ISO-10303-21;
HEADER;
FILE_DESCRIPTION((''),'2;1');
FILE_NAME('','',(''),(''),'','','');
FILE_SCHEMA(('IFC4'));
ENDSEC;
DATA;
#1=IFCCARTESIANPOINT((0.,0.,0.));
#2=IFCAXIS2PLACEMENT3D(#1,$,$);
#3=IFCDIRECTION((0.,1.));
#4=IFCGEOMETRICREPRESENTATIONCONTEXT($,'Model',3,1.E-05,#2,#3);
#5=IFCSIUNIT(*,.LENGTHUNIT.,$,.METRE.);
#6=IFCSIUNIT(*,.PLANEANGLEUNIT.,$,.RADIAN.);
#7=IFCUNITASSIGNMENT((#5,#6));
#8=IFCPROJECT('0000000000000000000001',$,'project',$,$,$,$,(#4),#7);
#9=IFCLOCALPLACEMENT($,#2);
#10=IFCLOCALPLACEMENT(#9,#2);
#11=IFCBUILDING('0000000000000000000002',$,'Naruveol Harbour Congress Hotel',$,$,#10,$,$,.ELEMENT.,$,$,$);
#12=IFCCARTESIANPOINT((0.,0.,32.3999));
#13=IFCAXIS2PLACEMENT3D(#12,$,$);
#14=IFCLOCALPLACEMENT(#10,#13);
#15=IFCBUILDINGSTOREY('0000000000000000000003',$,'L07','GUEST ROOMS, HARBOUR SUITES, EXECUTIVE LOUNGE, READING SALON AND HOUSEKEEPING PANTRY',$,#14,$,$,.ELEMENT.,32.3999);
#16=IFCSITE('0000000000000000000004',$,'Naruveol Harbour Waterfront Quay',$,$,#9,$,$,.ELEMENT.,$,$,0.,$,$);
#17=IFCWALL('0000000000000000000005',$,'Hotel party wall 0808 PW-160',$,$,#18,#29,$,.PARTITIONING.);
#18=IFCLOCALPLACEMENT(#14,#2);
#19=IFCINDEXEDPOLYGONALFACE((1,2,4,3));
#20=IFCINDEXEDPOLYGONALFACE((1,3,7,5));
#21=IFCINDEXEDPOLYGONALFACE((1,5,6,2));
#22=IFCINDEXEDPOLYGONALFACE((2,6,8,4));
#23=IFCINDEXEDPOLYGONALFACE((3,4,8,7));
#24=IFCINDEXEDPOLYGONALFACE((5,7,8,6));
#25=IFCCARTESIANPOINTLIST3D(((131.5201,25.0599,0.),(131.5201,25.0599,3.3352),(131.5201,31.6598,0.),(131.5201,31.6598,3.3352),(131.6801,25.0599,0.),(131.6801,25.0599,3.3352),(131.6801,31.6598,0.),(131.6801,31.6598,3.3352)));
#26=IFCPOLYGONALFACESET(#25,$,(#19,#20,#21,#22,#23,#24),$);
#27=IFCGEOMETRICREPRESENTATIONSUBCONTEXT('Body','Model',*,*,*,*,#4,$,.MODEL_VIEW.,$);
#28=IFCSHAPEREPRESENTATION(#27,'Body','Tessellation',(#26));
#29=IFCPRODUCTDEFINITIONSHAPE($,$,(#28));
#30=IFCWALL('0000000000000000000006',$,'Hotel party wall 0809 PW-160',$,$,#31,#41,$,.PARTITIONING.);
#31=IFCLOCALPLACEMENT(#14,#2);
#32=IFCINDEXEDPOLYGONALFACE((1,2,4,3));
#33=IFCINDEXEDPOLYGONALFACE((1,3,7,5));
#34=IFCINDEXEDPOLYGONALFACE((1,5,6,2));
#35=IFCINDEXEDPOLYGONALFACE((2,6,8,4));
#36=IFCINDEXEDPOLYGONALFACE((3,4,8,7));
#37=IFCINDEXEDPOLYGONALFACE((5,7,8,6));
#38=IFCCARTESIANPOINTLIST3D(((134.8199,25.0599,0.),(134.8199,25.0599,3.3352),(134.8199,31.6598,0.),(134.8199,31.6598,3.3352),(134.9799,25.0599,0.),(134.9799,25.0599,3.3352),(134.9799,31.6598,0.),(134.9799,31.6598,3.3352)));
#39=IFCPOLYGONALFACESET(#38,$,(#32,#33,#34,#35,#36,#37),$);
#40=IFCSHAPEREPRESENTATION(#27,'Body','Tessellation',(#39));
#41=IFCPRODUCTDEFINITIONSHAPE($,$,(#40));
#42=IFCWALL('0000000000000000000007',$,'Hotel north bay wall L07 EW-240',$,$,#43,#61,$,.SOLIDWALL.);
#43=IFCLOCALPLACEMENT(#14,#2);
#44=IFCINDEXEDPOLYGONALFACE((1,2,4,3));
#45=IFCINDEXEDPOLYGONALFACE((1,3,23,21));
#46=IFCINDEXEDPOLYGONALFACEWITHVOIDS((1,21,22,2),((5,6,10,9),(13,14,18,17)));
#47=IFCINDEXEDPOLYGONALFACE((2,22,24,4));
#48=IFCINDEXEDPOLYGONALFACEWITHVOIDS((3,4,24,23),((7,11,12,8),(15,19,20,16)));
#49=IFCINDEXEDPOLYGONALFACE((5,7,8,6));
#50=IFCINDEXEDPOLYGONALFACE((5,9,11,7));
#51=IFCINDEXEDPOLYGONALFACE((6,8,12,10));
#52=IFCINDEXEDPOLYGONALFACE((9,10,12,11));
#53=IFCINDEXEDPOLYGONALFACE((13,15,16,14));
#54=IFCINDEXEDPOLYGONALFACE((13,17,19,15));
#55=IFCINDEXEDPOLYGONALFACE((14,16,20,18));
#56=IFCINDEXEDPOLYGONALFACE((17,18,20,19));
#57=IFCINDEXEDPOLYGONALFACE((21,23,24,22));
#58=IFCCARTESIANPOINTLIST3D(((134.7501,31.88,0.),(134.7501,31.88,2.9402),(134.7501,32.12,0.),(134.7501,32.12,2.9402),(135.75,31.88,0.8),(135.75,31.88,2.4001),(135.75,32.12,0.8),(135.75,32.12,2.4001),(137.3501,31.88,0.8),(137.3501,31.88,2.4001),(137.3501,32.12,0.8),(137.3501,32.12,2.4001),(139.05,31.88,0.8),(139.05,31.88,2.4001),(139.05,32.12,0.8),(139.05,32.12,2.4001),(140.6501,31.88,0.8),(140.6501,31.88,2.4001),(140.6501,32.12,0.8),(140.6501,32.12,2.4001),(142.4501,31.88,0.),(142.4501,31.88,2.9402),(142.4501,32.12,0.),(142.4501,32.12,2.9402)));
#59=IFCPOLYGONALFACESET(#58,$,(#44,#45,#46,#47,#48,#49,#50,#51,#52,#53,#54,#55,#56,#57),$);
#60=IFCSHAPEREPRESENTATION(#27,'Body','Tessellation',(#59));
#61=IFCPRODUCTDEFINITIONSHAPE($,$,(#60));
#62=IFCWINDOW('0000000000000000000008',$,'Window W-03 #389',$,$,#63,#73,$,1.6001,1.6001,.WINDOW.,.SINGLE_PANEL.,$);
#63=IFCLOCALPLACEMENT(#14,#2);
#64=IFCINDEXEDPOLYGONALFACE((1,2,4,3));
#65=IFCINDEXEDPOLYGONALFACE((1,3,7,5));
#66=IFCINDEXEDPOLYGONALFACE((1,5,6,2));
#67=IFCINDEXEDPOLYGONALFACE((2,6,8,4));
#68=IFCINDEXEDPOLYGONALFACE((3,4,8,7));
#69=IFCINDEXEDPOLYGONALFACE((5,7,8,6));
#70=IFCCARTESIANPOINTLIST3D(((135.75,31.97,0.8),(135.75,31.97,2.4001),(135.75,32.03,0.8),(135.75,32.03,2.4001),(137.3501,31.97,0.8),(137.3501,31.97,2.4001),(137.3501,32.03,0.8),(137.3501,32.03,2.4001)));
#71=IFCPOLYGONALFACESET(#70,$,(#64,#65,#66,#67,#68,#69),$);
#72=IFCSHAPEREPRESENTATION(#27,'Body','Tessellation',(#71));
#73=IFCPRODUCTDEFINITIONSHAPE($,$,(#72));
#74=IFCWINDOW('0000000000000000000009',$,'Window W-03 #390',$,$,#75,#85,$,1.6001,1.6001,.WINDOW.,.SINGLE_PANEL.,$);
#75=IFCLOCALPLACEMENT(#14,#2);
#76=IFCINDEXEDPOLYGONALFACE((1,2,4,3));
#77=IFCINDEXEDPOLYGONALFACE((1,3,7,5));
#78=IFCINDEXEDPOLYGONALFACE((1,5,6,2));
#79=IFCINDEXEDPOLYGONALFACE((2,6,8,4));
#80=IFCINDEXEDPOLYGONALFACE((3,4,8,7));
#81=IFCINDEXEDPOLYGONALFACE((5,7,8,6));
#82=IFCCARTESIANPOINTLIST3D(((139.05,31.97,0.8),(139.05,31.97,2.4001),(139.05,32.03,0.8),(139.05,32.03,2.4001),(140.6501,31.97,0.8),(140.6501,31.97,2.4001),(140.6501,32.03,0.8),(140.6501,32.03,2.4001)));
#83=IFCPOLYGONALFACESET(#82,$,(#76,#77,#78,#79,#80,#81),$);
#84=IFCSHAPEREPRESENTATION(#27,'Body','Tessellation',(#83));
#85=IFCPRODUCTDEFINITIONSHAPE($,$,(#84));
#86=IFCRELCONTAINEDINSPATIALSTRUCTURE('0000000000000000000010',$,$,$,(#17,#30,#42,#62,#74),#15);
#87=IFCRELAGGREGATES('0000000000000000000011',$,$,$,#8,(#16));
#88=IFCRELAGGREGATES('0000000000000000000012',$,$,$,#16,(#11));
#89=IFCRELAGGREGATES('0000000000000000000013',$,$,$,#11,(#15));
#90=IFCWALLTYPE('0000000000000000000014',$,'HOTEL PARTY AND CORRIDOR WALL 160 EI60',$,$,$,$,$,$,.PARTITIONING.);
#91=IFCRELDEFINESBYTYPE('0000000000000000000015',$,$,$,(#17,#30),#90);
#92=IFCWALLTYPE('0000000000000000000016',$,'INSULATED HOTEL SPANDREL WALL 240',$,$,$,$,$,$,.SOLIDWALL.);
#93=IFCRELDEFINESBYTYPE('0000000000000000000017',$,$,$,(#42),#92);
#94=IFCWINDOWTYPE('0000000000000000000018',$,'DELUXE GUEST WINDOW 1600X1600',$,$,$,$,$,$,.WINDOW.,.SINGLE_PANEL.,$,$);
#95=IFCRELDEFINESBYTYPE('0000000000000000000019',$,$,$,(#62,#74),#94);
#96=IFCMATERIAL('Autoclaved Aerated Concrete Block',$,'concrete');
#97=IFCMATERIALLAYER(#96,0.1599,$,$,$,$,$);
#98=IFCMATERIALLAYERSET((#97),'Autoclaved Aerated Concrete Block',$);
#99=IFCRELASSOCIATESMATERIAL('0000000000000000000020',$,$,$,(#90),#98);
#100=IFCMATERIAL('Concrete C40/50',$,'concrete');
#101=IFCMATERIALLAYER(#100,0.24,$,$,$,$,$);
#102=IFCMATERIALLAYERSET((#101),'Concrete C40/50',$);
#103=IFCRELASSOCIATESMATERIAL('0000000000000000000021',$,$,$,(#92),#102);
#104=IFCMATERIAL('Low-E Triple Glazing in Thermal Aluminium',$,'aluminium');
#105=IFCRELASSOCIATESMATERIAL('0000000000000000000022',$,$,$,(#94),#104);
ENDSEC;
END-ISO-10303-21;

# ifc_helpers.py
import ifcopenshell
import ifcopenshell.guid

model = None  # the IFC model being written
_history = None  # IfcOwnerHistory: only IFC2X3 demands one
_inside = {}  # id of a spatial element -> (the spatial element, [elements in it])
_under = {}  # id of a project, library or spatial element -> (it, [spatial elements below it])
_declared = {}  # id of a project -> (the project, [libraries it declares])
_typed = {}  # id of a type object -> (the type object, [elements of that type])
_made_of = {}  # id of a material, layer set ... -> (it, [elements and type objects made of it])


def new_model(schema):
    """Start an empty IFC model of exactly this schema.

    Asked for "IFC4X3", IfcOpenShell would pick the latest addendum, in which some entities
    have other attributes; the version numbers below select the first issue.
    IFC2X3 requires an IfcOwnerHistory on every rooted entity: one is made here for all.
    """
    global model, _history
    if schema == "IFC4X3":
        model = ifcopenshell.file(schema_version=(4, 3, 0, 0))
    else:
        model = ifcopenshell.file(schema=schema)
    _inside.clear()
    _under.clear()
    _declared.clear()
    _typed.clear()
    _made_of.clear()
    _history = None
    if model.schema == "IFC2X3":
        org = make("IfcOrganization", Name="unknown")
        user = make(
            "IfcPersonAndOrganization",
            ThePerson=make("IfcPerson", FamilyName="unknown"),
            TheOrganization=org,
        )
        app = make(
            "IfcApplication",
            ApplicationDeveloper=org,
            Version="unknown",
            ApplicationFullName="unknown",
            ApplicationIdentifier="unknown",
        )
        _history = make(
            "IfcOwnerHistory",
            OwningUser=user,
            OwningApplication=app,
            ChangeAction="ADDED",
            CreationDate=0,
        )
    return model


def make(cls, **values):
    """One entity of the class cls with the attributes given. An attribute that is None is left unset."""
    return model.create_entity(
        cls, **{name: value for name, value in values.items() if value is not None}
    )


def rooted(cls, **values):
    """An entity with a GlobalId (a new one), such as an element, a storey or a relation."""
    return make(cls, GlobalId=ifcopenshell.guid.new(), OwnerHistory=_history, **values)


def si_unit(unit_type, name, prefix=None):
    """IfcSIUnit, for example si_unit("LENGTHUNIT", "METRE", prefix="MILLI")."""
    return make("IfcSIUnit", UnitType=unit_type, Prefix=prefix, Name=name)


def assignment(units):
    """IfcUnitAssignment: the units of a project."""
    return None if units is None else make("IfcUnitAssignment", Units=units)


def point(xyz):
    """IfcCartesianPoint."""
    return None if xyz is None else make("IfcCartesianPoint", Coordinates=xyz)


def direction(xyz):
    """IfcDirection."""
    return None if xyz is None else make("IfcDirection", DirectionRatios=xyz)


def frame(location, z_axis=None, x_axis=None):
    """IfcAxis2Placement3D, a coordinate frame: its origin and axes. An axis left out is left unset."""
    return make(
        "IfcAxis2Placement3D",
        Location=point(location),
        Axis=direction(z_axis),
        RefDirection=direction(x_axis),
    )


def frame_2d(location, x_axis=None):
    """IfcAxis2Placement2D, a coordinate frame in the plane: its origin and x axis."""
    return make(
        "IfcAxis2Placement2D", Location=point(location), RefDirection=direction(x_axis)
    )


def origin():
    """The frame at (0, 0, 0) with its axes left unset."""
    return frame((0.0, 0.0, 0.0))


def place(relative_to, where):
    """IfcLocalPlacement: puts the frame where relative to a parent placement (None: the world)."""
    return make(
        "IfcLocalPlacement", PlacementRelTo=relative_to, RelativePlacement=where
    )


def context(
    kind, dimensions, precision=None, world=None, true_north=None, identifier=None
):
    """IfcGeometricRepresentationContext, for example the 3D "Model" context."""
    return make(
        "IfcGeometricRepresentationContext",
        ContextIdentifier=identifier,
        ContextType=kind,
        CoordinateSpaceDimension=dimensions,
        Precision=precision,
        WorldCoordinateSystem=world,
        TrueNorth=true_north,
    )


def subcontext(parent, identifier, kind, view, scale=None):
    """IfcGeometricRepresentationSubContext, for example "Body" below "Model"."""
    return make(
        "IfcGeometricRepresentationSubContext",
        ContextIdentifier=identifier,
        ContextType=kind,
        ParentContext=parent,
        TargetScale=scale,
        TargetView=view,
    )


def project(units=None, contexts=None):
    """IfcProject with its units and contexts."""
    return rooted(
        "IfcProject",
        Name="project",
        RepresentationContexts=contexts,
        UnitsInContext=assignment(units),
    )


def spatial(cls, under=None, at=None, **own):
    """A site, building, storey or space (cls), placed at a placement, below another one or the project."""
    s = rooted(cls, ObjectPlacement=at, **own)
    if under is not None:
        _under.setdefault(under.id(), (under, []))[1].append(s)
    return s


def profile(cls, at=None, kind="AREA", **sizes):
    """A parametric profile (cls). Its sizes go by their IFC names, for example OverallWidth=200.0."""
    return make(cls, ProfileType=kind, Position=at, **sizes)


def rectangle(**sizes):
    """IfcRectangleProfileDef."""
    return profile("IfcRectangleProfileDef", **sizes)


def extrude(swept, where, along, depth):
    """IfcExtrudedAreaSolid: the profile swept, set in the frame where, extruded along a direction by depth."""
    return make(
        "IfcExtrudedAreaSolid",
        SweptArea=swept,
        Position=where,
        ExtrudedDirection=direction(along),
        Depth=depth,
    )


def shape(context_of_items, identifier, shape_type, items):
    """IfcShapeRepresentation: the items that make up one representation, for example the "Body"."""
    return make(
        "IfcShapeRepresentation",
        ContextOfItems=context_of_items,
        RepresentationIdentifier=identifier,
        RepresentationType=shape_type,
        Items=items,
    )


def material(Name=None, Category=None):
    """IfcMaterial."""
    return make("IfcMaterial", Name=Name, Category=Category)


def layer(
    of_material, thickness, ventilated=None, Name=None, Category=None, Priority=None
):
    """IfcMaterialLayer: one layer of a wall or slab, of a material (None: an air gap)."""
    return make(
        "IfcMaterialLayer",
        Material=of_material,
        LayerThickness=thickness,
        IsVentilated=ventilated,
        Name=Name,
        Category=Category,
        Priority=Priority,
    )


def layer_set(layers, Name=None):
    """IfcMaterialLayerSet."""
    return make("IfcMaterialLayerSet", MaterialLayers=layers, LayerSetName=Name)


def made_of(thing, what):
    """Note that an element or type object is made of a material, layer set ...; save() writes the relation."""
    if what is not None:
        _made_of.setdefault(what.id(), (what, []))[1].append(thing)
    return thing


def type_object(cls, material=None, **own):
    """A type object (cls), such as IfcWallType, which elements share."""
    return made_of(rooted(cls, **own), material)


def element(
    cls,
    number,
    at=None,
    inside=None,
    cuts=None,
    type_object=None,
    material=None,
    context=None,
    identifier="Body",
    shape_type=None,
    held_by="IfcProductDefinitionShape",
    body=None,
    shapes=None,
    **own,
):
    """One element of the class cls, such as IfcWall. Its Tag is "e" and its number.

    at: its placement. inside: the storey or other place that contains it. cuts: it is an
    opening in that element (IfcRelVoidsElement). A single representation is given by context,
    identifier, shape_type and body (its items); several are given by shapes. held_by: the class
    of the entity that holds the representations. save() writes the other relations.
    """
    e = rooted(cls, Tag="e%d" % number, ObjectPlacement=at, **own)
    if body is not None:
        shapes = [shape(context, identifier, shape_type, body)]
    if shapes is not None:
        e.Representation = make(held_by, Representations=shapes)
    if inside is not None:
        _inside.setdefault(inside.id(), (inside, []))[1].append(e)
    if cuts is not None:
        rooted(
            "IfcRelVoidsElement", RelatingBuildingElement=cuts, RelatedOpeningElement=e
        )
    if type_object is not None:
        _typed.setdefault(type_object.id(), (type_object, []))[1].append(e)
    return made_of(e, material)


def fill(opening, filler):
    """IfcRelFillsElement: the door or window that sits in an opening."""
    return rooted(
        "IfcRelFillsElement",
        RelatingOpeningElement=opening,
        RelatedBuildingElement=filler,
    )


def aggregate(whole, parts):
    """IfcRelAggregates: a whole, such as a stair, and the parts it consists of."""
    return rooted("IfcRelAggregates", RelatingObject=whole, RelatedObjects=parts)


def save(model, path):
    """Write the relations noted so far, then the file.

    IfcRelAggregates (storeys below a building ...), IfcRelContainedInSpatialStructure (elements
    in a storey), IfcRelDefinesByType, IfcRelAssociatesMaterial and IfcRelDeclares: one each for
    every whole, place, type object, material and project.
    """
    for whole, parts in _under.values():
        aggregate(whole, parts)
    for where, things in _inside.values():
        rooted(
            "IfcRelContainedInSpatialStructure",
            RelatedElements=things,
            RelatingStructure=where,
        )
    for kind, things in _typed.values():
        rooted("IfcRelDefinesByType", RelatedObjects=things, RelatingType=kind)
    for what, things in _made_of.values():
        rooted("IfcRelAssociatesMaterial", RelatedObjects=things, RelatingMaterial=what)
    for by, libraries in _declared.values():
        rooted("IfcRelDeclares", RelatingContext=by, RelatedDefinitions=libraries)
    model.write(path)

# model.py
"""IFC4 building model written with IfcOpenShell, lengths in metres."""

from ifc_helpers import new_model, si_unit, direction, frame, frame_2d, origin, place, context, subcontext, project, spatial, rectangle, extrude, material, layer, layer_set, type_object, element, fill, save


model = new_model("IFC4")

# Units and contexts
model_context = context("Model", 3, precision=1e-05, world=origin(), true_north=direction((0.0, 1.0)))
body_context = subcontext(model_context, "Body", "Model", "MODEL_VIEW")
ifc_project = project(units=[si_unit("LENGTHUNIT", "METRE"), si_unit("PLANEANGLEUNIT", "RADIAN")], contexts=[model_context])

# Site, building, storey
site_placement = place(None, origin())
site = spatial("IfcSite", under=ifc_project, at=site_placement, Name="Naruveol Harbour Waterfront Quay", CompositionType="ELEMENT", RefElevation=0.0)
building_placement = place(site_placement, origin())
building = spatial("IfcBuilding", under=site, at=building_placement, Name="Naruveol Harbour Congress Hotel", CompositionType="ELEMENT")
storey_placement = place(building_placement, frame((0.0, 0.0, 32.3999)))
storey = spatial("IfcBuildingStorey", under=building, at=storey_placement, Name="L07", Description="GUEST ROOMS, HARBOUR SUITES, EXECUTIVE LOUNGE, READING SALON AND HOUSEKEEPING PANTRY", CompositionType="ELEMENT", Elevation=32.3999)

# Shared definitions
ifc_material_1 = material(Name="Autoclaved Aerated Concrete Block", Category="concrete")
ifc_layer_1 = layer(ifc_material_1, 0.1599)
ifc_layer_set_1 = layer_set([ifc_layer_1], Name="Autoclaved Aerated Concrete Block")
wall_type_1 = type_object("IfcWallType", Name="HOTEL PARTY AND CORRIDOR WALL 160 EI60", PredefinedType="PARTITIONING", material=ifc_layer_set_1)

# Walls
for number, where, z_axis, x_axis, name in (
    (1, (131.6001, 25.0601, 0.0), (0.0, 0.0, 1.0), (0.0, 1.0, 0.0), "Hotel party wall 0808 PW-160"),
    (2, (134.8999, 25.0601, 0.0), (0.0, 0.0, 1.0), (0.0, 1.0, 0.0), "Hotel party wall 0809 PW-160"),
):
    element("IfcWall", number, at=place(storey_placement, frame(where, z_axis=z_axis, x_axis=x_axis)), inside=storey, type_object=wall_type_1, Name=name, PredefinedType="PARTITIONING", context=body_context, shape_type="SweptSolid", body=[
        extrude(rectangle(XDim=6.5999, YDim=0.1599, at=frame_2d((3.2998, 0.0))), origin(), (0.0, 0.0, 1.0), 3.3352),
    ])

# Wall, openings, windows
ifc_material_2 = material(Name="Concrete C40/50", Category="concrete")
ifc_layer_2 = layer(ifc_material_2, 0.24)
ifc_layer_set_2 = layer_set([ifc_layer_2], Name="Concrete C40/50")
wall_type_2 = type_object("IfcWallType", Name="INSULATED HOTEL SPANDREL WALL 240", PredefinedType="SOLIDWALL", material=ifc_layer_set_2)
wall_1_placement = place(storey_placement, frame((134.75, 32.0, 0.0), z_axis=(0.0, 0.0, 1.0), x_axis=(1.0, 0.0, 0.0)))
wall_1 = element("IfcWall", 3, at=wall_1_placement, inside=storey, type_object=wall_type_2, Name="Hotel north bay wall L07 EW-240", PredefinedType="SOLIDWALL", context=body_context, shape_type="SweptSolid", body=[
    extrude(rectangle(XDim=7.7, YDim=0.24, at=frame_2d((3.8501, 0.0))), origin(), (0.0, 0.0, 1.0), 2.9402),
])
opening_1_placement = place(wall_1_placement, frame((1.0, 0.0, 0.8)))
opening_1 = element("IfcOpeningElement", 4, at=opening_1_placement, cuts=wall_1, PredefinedType="OPENING", context=body_context, shape_type="SweptSolid", body=[
    extrude(rectangle(XDim=1.6001, YDim=1.6001, at=frame_2d((0.8, 0.8))), frame((0.0, 0.1299, 0.0), z_axis=(0.0, -1.0, 0.0), x_axis=(1.0, 0.0, 0.0)), (0.0, 0.0, 1.0), 0.26),
])
opening_2_placement = place(wall_1_placement, frame((4.3, 0.0, 0.8)))
opening_2 = element("IfcOpeningElement", 5, at=opening_2_placement, cuts=wall_1, PredefinedType="OPENING", context=body_context, shape_type="SweptSolid", body=[
    extrude(rectangle(XDim=1.6001, YDim=1.6001, at=frame_2d((0.8, 0.8))), frame((0.0, 0.1299, 0.0), z_axis=(0.0, -1.0, 0.0), x_axis=(1.0, 0.0, 0.0)), (0.0, 0.0, 1.0), 0.26),
])
ifc_material_3 = material(Name="Low-E Triple Glazing in Thermal Aluminium", Category="aluminium")
window_type = type_object("IfcWindowType", Name="DELUXE GUEST WINDOW 1600X1600", PartitioningType="SINGLE_PANEL", PredefinedType="WINDOW", material=ifc_material_3)
window_1_placement = place(opening_1_placement, origin())
window_1 = element("IfcWindow", 6, at=window_1_placement, inside=storey, type_object=window_type, Name="Window W-03 #389", OverallHeight=1.6001, OverallWidth=1.6001, PartitioningType="SINGLE_PANEL", PredefinedType="WINDOW", context=body_context, shape_type="SweptSolid", body=[
    extrude(rectangle(XDim=1.6001, YDim=1.6001, at=frame_2d((0.8, 0.8))), frame((0.0, 0.03, 0.0), z_axis=(0.0, -1.0, 0.0), x_axis=(1.0, 0.0, 0.0)), (0.0, 0.0, 1.0), 0.0601),
])
fill(opening_1, window_1)
window_2_placement = place(opening_2_placement, origin())
window_2 = element("IfcWindow", 7, at=window_2_placement, inside=storey, type_object=window_type, Name="Window W-03 #390", OverallHeight=1.6001, OverallWidth=1.6001, PartitioningType="SINGLE_PANEL", PredefinedType="WINDOW", context=body_context, shape_type="SweptSolid", body=[
    extrude(rectangle(XDim=1.6001, YDim=1.6001, at=frame_2d((0.8, 0.8))), frame((0.0, 0.03, 0.0), z_axis=(0.0, -1.0, 0.0), x_axis=(1.0, 0.0, 0.0)), (0.0, 0.0, 1.0), 0.0601),
])
fill(opening_2, window_2)

save(model, "model.ifc")
